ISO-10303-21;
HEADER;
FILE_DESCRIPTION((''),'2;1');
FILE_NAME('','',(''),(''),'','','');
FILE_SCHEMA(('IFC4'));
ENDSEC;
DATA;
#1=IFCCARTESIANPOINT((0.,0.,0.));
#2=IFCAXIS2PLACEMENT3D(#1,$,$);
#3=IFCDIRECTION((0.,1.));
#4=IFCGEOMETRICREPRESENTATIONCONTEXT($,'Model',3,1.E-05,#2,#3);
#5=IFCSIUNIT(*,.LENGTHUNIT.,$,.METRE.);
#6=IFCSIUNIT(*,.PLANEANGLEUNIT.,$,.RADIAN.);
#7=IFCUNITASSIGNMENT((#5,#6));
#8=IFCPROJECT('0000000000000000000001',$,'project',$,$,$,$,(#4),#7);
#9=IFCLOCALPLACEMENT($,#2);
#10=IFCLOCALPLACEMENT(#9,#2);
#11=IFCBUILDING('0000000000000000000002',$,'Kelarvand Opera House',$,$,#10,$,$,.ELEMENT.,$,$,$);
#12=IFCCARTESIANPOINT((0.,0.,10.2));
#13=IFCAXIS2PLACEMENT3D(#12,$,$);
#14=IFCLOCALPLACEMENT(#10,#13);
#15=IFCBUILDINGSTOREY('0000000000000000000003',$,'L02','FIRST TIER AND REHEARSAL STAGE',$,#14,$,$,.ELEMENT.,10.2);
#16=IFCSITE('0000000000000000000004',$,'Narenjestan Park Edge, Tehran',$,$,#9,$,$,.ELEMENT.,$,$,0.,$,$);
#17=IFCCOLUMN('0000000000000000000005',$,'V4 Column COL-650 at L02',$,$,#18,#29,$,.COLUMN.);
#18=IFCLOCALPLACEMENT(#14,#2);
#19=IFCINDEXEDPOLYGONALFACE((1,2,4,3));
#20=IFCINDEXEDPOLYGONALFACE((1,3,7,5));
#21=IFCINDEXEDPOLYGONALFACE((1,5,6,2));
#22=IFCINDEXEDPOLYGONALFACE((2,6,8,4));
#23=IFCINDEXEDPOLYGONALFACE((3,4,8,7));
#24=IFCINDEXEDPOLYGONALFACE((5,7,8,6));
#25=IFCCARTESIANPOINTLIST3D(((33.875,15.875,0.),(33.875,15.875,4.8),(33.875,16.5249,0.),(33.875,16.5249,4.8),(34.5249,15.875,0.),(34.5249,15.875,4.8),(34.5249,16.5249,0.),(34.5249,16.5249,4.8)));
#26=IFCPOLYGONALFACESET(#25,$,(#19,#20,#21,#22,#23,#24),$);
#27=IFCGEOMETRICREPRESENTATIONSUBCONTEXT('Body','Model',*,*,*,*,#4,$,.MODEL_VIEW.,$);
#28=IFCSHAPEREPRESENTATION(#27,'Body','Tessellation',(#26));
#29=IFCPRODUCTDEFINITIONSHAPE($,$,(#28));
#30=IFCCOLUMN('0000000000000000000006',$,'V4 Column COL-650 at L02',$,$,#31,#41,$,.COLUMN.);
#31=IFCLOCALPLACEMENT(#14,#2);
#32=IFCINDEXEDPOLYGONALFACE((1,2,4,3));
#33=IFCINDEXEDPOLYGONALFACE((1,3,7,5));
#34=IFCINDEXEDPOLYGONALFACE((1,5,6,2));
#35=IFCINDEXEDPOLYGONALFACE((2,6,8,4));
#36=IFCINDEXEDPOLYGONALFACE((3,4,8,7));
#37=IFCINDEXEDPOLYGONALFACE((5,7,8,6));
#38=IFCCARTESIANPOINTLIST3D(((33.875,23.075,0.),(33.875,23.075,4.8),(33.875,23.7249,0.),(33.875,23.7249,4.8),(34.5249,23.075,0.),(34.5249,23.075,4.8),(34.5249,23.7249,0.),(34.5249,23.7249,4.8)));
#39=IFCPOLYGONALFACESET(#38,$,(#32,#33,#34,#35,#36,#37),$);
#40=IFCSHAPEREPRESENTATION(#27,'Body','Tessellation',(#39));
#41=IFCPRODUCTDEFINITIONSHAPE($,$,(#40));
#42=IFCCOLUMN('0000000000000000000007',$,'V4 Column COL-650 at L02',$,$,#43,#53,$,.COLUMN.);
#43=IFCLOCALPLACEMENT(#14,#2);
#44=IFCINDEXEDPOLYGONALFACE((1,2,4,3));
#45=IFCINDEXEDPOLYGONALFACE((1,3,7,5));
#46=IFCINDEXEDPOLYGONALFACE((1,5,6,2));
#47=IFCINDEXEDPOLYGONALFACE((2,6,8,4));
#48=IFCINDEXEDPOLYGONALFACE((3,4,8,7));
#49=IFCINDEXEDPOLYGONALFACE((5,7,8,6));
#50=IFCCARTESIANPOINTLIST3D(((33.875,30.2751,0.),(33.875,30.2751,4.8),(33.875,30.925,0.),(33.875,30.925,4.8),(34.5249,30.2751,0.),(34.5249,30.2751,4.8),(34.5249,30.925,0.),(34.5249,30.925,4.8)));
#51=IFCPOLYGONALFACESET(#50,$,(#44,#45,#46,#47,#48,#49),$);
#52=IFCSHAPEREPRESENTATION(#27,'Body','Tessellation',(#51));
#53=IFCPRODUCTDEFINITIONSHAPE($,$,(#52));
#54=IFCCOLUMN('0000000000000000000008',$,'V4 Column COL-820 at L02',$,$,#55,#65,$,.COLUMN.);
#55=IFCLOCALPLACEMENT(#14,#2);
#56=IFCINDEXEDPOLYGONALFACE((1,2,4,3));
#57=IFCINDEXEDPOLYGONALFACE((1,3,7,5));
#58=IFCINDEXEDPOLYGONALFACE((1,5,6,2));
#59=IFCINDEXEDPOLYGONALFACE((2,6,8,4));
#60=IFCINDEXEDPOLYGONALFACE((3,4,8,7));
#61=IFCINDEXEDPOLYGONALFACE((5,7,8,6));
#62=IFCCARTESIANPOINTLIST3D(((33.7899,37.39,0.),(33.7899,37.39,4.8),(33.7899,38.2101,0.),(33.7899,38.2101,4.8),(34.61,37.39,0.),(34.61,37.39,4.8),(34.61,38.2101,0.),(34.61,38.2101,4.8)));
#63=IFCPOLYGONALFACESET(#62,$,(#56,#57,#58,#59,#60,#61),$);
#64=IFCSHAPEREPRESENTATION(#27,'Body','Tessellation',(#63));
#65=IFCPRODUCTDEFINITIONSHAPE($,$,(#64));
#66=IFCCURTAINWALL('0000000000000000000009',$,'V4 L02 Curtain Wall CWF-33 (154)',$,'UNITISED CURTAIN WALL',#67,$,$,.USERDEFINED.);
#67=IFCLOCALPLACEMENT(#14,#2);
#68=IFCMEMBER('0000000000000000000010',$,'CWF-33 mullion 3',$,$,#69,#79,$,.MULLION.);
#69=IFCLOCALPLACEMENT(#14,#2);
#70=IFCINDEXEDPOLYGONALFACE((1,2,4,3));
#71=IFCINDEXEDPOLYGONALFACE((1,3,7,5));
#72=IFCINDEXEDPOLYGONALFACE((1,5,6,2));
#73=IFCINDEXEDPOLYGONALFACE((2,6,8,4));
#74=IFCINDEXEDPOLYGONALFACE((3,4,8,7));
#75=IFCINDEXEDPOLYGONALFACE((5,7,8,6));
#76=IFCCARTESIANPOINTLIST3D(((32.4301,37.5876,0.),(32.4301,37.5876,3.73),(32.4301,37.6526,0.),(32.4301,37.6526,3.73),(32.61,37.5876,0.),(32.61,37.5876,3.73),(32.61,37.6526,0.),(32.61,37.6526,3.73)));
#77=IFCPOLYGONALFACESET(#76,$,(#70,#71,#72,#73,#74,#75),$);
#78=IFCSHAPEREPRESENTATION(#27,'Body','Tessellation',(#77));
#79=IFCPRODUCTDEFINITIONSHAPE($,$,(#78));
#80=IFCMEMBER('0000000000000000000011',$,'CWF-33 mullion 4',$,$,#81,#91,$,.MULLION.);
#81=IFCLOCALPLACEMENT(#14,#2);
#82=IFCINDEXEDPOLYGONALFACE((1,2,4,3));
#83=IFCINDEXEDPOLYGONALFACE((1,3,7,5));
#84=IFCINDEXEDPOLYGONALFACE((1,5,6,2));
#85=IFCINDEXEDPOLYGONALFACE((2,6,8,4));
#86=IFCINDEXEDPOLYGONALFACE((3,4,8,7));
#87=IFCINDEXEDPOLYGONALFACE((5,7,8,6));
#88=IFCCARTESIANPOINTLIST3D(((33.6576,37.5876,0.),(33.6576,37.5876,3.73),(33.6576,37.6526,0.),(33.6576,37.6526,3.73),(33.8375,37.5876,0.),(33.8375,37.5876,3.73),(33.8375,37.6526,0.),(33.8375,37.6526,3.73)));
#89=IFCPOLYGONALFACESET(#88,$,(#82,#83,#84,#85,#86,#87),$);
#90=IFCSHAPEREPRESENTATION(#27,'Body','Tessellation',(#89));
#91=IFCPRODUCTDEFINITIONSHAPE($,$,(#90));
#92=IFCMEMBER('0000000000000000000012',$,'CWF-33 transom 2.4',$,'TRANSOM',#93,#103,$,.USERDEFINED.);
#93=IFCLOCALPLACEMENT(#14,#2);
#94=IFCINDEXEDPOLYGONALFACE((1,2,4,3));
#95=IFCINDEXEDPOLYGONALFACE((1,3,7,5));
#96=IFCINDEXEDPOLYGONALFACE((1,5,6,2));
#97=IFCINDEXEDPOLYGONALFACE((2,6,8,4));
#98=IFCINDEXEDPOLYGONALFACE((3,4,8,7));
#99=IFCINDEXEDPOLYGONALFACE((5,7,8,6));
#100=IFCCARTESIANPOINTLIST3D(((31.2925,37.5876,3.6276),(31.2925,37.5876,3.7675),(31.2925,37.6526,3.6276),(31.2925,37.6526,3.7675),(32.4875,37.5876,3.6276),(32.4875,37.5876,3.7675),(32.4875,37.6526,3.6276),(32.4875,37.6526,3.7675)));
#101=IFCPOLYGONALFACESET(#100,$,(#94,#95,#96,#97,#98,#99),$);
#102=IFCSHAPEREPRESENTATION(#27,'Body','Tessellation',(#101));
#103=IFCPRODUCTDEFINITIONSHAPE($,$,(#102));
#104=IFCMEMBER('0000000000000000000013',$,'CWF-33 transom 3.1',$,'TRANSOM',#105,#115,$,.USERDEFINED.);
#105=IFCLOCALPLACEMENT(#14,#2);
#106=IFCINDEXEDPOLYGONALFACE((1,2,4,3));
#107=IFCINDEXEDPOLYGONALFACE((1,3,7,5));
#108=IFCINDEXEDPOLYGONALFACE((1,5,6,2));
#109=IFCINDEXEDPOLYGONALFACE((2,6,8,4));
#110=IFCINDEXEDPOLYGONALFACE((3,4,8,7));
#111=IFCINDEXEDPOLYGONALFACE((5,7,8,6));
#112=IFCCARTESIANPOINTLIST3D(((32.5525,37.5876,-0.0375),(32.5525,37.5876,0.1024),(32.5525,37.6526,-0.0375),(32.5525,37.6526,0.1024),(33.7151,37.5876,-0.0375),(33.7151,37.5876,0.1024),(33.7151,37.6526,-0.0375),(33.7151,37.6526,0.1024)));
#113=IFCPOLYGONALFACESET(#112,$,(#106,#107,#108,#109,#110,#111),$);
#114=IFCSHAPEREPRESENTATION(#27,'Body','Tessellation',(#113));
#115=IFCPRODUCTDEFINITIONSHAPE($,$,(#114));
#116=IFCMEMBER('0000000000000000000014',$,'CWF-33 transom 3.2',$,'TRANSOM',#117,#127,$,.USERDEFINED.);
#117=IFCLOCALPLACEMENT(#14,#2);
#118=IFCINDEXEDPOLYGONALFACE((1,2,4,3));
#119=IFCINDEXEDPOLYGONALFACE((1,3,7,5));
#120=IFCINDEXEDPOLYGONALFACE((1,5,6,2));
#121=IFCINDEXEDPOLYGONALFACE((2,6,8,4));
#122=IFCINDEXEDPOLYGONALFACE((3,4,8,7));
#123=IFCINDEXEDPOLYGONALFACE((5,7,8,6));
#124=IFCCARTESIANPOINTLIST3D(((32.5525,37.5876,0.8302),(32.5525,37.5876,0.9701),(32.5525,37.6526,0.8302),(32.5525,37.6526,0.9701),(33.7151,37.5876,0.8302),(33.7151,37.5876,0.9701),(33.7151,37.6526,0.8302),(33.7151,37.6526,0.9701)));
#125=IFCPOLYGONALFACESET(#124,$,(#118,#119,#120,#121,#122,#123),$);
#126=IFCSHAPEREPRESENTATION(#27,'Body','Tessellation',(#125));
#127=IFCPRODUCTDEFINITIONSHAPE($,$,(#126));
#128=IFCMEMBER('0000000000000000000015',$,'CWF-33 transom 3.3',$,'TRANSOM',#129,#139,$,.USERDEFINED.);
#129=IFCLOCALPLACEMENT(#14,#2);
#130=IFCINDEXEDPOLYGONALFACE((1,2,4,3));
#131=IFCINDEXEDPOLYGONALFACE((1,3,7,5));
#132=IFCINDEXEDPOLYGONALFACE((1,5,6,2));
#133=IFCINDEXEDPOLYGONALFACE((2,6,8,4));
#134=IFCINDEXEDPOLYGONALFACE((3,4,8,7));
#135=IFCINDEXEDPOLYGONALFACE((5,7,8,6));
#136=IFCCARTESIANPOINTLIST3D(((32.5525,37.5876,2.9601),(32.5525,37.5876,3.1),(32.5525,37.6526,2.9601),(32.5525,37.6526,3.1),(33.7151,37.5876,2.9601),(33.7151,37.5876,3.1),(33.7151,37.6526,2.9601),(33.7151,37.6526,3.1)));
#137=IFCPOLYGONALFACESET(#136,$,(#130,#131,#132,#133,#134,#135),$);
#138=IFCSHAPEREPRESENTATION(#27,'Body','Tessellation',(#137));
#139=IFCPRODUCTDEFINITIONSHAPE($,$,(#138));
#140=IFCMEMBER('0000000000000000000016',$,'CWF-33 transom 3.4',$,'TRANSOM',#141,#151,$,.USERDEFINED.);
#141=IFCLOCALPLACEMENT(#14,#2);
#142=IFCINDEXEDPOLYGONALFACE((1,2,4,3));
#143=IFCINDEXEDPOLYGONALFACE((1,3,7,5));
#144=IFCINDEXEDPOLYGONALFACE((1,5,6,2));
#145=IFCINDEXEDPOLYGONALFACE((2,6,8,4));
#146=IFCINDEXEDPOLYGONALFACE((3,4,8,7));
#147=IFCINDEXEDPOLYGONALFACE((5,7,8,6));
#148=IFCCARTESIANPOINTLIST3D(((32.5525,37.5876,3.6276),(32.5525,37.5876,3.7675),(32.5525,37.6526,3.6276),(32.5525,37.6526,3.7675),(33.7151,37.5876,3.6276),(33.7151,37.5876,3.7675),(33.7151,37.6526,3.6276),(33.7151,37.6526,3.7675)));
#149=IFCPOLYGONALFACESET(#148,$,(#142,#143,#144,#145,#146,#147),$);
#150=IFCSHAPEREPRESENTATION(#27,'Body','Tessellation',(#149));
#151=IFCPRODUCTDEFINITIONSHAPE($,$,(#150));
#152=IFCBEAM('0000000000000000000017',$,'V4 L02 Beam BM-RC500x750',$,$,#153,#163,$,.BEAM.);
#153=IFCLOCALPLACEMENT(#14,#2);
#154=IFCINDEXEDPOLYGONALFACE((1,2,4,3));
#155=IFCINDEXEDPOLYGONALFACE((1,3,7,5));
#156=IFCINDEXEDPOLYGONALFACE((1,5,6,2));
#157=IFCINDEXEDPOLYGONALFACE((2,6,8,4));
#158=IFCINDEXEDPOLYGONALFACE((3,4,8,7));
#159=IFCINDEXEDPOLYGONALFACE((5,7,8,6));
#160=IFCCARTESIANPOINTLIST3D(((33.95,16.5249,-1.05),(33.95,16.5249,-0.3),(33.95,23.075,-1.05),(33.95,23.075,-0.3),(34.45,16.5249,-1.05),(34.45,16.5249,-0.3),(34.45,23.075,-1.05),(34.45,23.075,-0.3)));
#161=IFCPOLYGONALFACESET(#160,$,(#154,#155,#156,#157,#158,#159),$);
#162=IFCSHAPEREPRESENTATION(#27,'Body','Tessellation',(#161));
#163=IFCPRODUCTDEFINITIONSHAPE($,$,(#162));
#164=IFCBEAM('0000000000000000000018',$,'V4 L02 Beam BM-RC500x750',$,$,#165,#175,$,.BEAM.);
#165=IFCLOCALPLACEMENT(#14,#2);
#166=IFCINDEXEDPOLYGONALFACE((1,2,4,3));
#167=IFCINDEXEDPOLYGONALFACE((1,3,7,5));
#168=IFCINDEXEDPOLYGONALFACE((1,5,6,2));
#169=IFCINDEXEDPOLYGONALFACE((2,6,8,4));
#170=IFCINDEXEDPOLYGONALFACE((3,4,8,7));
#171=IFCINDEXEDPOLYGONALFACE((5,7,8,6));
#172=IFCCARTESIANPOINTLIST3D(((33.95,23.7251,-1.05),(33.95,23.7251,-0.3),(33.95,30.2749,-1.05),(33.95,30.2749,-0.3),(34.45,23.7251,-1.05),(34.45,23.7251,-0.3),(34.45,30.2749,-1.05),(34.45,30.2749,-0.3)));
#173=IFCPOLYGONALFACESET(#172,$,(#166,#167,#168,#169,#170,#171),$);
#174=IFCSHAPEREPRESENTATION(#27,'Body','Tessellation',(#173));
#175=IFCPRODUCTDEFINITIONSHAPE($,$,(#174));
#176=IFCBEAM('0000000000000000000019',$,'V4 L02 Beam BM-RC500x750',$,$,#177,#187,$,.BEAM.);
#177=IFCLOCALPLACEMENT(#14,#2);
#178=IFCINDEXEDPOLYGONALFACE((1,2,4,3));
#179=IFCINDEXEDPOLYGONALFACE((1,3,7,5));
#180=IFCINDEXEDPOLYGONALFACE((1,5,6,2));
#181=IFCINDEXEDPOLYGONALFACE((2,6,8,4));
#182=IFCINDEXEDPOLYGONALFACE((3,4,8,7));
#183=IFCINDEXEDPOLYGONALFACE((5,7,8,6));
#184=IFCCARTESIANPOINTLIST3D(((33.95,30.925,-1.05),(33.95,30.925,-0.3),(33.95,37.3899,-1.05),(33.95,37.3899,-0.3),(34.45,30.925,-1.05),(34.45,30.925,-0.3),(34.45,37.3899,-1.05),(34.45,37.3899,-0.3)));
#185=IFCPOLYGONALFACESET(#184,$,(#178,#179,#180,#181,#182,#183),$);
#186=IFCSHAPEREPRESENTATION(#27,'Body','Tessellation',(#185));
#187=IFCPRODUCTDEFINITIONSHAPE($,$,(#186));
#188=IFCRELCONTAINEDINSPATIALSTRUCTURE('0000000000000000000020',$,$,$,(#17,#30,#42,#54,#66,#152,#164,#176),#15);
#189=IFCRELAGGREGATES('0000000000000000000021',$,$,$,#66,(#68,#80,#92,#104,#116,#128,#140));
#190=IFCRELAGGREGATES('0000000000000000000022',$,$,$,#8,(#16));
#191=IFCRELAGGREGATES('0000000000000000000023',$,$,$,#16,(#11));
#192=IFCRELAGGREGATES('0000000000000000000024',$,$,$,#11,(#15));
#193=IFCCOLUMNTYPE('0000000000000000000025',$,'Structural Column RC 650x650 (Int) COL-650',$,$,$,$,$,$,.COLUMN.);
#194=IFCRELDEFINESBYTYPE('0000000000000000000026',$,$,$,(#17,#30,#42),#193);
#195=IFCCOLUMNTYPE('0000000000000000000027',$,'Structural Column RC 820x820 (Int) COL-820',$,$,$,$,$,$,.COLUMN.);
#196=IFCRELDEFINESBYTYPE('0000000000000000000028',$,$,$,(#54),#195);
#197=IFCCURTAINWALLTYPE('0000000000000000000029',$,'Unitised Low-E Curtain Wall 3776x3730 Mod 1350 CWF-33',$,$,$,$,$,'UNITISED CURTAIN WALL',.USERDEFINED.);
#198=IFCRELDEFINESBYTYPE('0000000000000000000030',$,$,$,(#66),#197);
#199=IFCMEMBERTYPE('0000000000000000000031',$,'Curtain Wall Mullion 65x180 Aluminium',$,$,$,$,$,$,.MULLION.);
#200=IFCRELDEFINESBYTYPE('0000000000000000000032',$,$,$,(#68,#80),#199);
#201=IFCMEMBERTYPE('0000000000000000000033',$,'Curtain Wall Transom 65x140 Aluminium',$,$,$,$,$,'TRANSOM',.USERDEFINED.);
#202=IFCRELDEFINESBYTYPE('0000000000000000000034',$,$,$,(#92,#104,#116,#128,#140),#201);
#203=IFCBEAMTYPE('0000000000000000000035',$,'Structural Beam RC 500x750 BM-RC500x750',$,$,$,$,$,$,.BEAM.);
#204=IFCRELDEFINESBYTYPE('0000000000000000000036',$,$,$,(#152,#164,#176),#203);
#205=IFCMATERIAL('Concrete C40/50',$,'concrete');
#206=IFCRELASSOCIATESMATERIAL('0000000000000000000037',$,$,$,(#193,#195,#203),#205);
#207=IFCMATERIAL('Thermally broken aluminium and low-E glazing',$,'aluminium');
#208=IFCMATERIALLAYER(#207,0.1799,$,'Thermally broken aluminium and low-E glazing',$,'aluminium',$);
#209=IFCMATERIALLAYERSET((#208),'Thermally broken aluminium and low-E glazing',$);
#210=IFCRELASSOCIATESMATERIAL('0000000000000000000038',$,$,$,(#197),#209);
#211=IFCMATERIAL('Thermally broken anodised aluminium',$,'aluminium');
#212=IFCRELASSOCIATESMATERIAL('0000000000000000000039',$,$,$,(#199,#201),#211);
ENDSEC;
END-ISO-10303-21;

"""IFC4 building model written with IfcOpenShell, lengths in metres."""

from ifc_helpers import new_model, si_unit, direction, frame, origin, origin_2d, place, context, subcontext, project, spatial, rectangle, extrude, material, layer, layer_set, material_profile, profile_set, type_object, element, aggregate, save


model = new_model("IFC4")

# Units and contexts
model_context = context("Model", 3, precision=1e-05, world=origin(), true_north=direction((0.0, 1.0)))
body_context = subcontext(model_context, "Body", "Model", "MODEL_VIEW")
ifc_project = project(units=[si_unit("LENGTHUNIT", "METRE"), si_unit("PLANEANGLEUNIT", "RADIAN")], contexts=[model_context])

# Site, building, storey
site_placement = place(None, origin())
site = spatial("IfcSite", under=ifc_project, at=site_placement, Name="Narenjestan Park Edge, Tehran", CompositionType="ELEMENT", RefElevation=0.0)
building_placement = place(site_placement, origin())
building = spatial("IfcBuilding", under=site, at=building_placement, Name="Kelarvand Opera House", CompositionType="ELEMENT")
storey_placement = place(building_placement, frame((0.0, 0.0, 10.2)))
storey = spatial("IfcBuildingStorey", under=building, at=storey_placement, Name="L02", Description="FIRST TIER AND REHEARSAL STAGE", CompositionType="ELEMENT", Elevation=10.2)

# Columns
ifc_material_1 = material(Name="Concrete C40/50", Category="concrete")
ifc_material_profile_1 = material_profile(ifc_material_1, rectangle(XDim=0.6499, YDim=0.6499, at=origin_2d()), Name="RC 650x650", Category="concrete")
ifc_profile_set_1 = profile_set([ifc_material_profile_1], Name="Concrete C40/50")
column_type_1 = type_object("IfcColumnType", Name="Structural Column RC 650x650 (Int) COL-650", PredefinedType="COLUMN", material=ifc_profile_set_1)
for number, where, z_axis, x_axis, name in (
    (1, (34.2, 16.2, 0.0), (0.0, 0.0, 1.0), (1.0, 0.0, 0.0), "V4 Column COL-650 at L02"),
    (2, (34.2, 23.3999, 0.0), (0.0, 0.0, 1.0), (1.0, 0.0, 0.0), "V4 Column COL-650 at L02"),
    (3, (34.2, 30.6001, 0.0), (0.0, 0.0, 1.0), (1.0, 0.0, 0.0), "V4 Column COL-650 at L02"),
):
    element("IfcColumn", number, at=place(storey_placement, frame(where, z_axis=z_axis, x_axis=x_axis)), inside=storey, type_object=column_type_1, Name=name, PredefinedType="COLUMN", context=body_context, shape_type="SweptSolid", body=[
        extrude(rectangle(XDim=0.6499, YDim=0.6499, at=origin_2d()), origin(), (0.0, 0.0, 1.0), 4.8),
    ])
ifc_material_profile_2 = material_profile(ifc_material_1, rectangle(XDim=0.8201, YDim=0.8201, at=origin_2d()), Name="RC 820x820", Category="concrete")
ifc_profile_set_2 = profile_set([ifc_material_profile_2], Name="Concrete C40/50")
column_type_2 = type_object("IfcColumnType", Name="Structural Column RC 820x820 (Int) COL-820", PredefinedType="COLUMN", material=ifc_profile_set_2)
column_placement = place(storey_placement, frame((34.2, 37.8, 0.0), z_axis=(0.0, 0.0, 1.0), x_axis=(1.0, 0.0, 0.0)))
element("IfcColumn", 4, at=column_placement, inside=storey, type_object=column_type_2, Name="V4 Column COL-820 at L02", PredefinedType="COLUMN", context=body_context, shape_type="SweptSolid", body=[
    extrude(rectangle(XDim=0.8201, YDim=0.8201, at=origin_2d()), origin(), (0.0, 0.0, 1.0), 4.8),
])

# Curtain wall, members
ifc_material_2 = material(Name="Thermally broken aluminium and low-E glazing", Category="aluminium")
ifc_layer_1 = layer(ifc_material_2, 0.1799, Name="Thermally broken aluminium and low-E glazing", Category="aluminium")
ifc_layer_set_1 = layer_set([ifc_layer_1], Name="Thermally broken aluminium and low-E glazing")
curtain_wall_type = type_object("IfcCurtainWallType", Name="Unitised Low-E Curtain Wall 3776x3730 Mod 1350 CWF-33", ElementType="UNITISED CURTAIN WALL", PredefinedType="USERDEFINED", material=ifc_layer_set_1)
curtain_wall_placement = place(storey_placement, origin())
curtain_wall = element("IfcCurtainWall", 5, at=curtain_wall_placement, inside=storey, type_object=curtain_wall_type, Name="V4 L02 Curtain Wall CWF-33 (154)", ObjectType="UNITISED CURTAIN WALL", PredefinedType="USERDEFINED")
ifc_material_3 = material(Name="Thermally broken anodised aluminium", Category="aluminium")
ifc_material_profile_3 = material_profile(ifc_material_3, rectangle(XDim=0.0649, YDim=0.1799, at=origin_2d()), Name="ALU MULLION 65x180", Category="aluminium")
ifc_profile_set_3 = profile_set([ifc_material_profile_3], Name="Thermally broken anodised aluminium")
member_type_1 = type_object("IfcMemberType", Name="Curtain Wall Mullion 65x180 Aluminium", PredefinedType="MULLION", material=ifc_profile_set_3)
member_1_placement = place(storey_placement, frame((32.52, 37.6201, 0.0), z_axis=(0.0, 0.0, 1.0), x_axis=(0.0, 1.0, 0.0)))
member_1 = element("IfcMember", 6, at=member_1_placement, type_object=member_type_1, Name="CWF-33 mullion 3", PredefinedType="MULLION", context=body_context, shape_type="SweptSolid", body=[
    extrude(rectangle(XDim=0.0649, YDim=0.1799, at=origin_2d()), origin(), (0.0, 0.0, 1.0), 3.73),
])
member_2_placement = place(storey_placement, frame((33.7476, 37.6201, 0.0), z_axis=(0.0, 0.0, 1.0), x_axis=(0.0, 1.0, 0.0)))
member_2 = element("IfcMember", 7, at=member_2_placement, type_object=member_type_1, Name="CWF-33 mullion 4", PredefinedType="MULLION", context=body_context, shape_type="SweptSolid", body=[
    extrude(rectangle(XDim=0.0649, YDim=0.1799, at=origin_2d()), origin(), (0.0, 0.0, 1.0), 3.73),
])
ifc_material_profile_4 = material_profile(ifc_material_3, rectangle(XDim=0.0649, YDim=0.1399, at=origin_2d()), Name="ALU TRANSOM 65x140", Category="aluminium")
ifc_profile_set_4 = profile_set([ifc_material_profile_4], Name="Thermally broken anodised aluminium")
member_type_2 = type_object("IfcMemberType", Name="Curtain Wall Transom 65x140 Aluminium", ElementType="TRANSOM", PredefinedType="USERDEFINED", material=ifc_profile_set_4)
member_3_placement = place(storey_placement, frame((31.2925, 37.6201, 3.6975), z_axis=(1.0, 0.0, 0.0), x_axis=(0.0, 1.0, 0.0)))
member_3 = element("IfcMember", 8, at=member_3_placement, type_object=member_type_2, Name="CWF-33 transom 2.4", ObjectType="TRANSOM", PredefinedType="USERDEFINED", context=body_context, shape_type="SweptSolid", body=[
    extrude(rectangle(XDim=0.0649, YDim=0.1399, at=origin_2d()), origin(), (0.0, 0.0, 1.0), 1.1951),
])
member_4_placement = place(storey_placement, frame((32.5525, 37.6201, 0.0325), z_axis=(1.0, 0.0, 0.0), x_axis=(0.0, 1.0, 0.0)))
member_4 = element("IfcMember", 9, at=member_4_placement, type_object=member_type_2, Name="CWF-33 transom 3.1", ObjectType="TRANSOM", PredefinedType="USERDEFINED", context=body_context, shape_type="SweptSolid", body=[
    extrude(rectangle(XDim=0.0649, YDim=0.1399, at=origin_2d()), origin(), (0.0, 0.0, 1.0), 1.1626),
])
member_5_placement = place(storey_placement, frame((32.5525, 37.6201, 0.9001), z_axis=(1.0, 0.0, 0.0), x_axis=(0.0, 1.0, 0.0)))
member_5 = element("IfcMember", 10, at=member_5_placement, type_object=member_type_2, Name="CWF-33 transom 3.2", ObjectType="TRANSOM", PredefinedType="USERDEFINED", context=body_context, shape_type="SweptSolid", body=[
    extrude(rectangle(XDim=0.0649, YDim=0.1399, at=origin_2d()), origin(), (0.0, 0.0, 1.0), 1.1626),
])
member_6_placement = place(storey_placement, frame((32.5525, 37.6201, 3.03), z_axis=(1.0, 0.0, 0.0), x_axis=(0.0, 1.0, 0.0)))
member_6 = element("IfcMember", 11, at=member_6_placement, type_object=member_type_2, Name="CWF-33 transom 3.3", ObjectType="TRANSOM", PredefinedType="USERDEFINED", context=body_context, shape_type="SweptSolid", body=[
    extrude(rectangle(XDim=0.0649, YDim=0.1399, at=origin_2d()), origin(), (0.0, 0.0, 1.0), 1.1626),
])
member_7_placement = place(storey_placement, frame((32.5525, 37.6201, 3.6975), z_axis=(1.0, 0.0, 0.0), x_axis=(0.0, 1.0, 0.0)))
member_7 = element("IfcMember", 12, at=member_7_placement, type_object=member_type_2, Name="CWF-33 transom 3.4", ObjectType="TRANSOM", PredefinedType="USERDEFINED", context=body_context, shape_type="SweptSolid", body=[
    extrude(rectangle(XDim=0.0649, YDim=0.1399, at=origin_2d()), origin(), (0.0, 0.0, 1.0), 1.1626),
])

# Beams
ifc_material_profile_5 = material_profile(ifc_material_1, rectangle(XDim=0.5, YDim=0.75, at=origin_2d()), Name="RC 500x750", Category="concrete")
ifc_profile_set_5 = profile_set([ifc_material_profile_5], Name="Concrete C40/50")
beam_type = type_object("IfcBeamType", Name="Structural Beam RC 500x750 BM-RC500x750", PredefinedType="BEAM", material=ifc_profile_set_5)
beam_1_placement = place(storey_placement, frame((34.2, 16.5249, -0.675), z_axis=(0.0, 1.0, 0.0), x_axis=(-1.0, 0.0, 0.0)))
element("IfcBeam", 13, at=beam_1_placement, inside=storey, type_object=beam_type, Name="V4 L02 Beam BM-RC500x750", PredefinedType="BEAM", context=body_context, shape_type="SweptSolid", body=[
    extrude(rectangle(XDim=0.5, YDim=0.75, at=origin_2d()), origin(), (0.0, 0.0, 1.0), 6.55),
])
beam_2_placement = place(storey_placement, frame((34.2, 23.7251, -0.675), z_axis=(0.0, 1.0, 0.0), x_axis=(-1.0, 0.0, 0.0)))
element("IfcBeam", 14, at=beam_2_placement, inside=storey, type_object=beam_type, Name="V4 L02 Beam BM-RC500x750", PredefinedType="BEAM", context=body_context, shape_type="SweptSolid", body=[
    extrude(rectangle(XDim=0.5, YDim=0.75, at=origin_2d()), origin(), (0.0, 0.0, 1.0), 6.5498),
])
beam_3_placement = place(storey_placement, frame((34.2, 30.925, -0.675), z_axis=(0.0, 1.0, 0.0), x_axis=(-1.0, 0.0, 0.0)))
element("IfcBeam", 15, at=beam_3_placement, inside=storey, type_object=beam_type, Name="V4 L02 Beam BM-RC500x750", PredefinedType="BEAM", context=body_context, shape_type="SweptSolid", body=[
    extrude(rectangle(XDim=0.5, YDim=0.75, at=origin_2d()), origin(), (0.0, 0.0, 1.0), 6.4648),
])

aggregate(curtain_wall, [member_1, member_2, member_3, member_4, member_5, member_6, member_7])

save(model, "model.ifc")
